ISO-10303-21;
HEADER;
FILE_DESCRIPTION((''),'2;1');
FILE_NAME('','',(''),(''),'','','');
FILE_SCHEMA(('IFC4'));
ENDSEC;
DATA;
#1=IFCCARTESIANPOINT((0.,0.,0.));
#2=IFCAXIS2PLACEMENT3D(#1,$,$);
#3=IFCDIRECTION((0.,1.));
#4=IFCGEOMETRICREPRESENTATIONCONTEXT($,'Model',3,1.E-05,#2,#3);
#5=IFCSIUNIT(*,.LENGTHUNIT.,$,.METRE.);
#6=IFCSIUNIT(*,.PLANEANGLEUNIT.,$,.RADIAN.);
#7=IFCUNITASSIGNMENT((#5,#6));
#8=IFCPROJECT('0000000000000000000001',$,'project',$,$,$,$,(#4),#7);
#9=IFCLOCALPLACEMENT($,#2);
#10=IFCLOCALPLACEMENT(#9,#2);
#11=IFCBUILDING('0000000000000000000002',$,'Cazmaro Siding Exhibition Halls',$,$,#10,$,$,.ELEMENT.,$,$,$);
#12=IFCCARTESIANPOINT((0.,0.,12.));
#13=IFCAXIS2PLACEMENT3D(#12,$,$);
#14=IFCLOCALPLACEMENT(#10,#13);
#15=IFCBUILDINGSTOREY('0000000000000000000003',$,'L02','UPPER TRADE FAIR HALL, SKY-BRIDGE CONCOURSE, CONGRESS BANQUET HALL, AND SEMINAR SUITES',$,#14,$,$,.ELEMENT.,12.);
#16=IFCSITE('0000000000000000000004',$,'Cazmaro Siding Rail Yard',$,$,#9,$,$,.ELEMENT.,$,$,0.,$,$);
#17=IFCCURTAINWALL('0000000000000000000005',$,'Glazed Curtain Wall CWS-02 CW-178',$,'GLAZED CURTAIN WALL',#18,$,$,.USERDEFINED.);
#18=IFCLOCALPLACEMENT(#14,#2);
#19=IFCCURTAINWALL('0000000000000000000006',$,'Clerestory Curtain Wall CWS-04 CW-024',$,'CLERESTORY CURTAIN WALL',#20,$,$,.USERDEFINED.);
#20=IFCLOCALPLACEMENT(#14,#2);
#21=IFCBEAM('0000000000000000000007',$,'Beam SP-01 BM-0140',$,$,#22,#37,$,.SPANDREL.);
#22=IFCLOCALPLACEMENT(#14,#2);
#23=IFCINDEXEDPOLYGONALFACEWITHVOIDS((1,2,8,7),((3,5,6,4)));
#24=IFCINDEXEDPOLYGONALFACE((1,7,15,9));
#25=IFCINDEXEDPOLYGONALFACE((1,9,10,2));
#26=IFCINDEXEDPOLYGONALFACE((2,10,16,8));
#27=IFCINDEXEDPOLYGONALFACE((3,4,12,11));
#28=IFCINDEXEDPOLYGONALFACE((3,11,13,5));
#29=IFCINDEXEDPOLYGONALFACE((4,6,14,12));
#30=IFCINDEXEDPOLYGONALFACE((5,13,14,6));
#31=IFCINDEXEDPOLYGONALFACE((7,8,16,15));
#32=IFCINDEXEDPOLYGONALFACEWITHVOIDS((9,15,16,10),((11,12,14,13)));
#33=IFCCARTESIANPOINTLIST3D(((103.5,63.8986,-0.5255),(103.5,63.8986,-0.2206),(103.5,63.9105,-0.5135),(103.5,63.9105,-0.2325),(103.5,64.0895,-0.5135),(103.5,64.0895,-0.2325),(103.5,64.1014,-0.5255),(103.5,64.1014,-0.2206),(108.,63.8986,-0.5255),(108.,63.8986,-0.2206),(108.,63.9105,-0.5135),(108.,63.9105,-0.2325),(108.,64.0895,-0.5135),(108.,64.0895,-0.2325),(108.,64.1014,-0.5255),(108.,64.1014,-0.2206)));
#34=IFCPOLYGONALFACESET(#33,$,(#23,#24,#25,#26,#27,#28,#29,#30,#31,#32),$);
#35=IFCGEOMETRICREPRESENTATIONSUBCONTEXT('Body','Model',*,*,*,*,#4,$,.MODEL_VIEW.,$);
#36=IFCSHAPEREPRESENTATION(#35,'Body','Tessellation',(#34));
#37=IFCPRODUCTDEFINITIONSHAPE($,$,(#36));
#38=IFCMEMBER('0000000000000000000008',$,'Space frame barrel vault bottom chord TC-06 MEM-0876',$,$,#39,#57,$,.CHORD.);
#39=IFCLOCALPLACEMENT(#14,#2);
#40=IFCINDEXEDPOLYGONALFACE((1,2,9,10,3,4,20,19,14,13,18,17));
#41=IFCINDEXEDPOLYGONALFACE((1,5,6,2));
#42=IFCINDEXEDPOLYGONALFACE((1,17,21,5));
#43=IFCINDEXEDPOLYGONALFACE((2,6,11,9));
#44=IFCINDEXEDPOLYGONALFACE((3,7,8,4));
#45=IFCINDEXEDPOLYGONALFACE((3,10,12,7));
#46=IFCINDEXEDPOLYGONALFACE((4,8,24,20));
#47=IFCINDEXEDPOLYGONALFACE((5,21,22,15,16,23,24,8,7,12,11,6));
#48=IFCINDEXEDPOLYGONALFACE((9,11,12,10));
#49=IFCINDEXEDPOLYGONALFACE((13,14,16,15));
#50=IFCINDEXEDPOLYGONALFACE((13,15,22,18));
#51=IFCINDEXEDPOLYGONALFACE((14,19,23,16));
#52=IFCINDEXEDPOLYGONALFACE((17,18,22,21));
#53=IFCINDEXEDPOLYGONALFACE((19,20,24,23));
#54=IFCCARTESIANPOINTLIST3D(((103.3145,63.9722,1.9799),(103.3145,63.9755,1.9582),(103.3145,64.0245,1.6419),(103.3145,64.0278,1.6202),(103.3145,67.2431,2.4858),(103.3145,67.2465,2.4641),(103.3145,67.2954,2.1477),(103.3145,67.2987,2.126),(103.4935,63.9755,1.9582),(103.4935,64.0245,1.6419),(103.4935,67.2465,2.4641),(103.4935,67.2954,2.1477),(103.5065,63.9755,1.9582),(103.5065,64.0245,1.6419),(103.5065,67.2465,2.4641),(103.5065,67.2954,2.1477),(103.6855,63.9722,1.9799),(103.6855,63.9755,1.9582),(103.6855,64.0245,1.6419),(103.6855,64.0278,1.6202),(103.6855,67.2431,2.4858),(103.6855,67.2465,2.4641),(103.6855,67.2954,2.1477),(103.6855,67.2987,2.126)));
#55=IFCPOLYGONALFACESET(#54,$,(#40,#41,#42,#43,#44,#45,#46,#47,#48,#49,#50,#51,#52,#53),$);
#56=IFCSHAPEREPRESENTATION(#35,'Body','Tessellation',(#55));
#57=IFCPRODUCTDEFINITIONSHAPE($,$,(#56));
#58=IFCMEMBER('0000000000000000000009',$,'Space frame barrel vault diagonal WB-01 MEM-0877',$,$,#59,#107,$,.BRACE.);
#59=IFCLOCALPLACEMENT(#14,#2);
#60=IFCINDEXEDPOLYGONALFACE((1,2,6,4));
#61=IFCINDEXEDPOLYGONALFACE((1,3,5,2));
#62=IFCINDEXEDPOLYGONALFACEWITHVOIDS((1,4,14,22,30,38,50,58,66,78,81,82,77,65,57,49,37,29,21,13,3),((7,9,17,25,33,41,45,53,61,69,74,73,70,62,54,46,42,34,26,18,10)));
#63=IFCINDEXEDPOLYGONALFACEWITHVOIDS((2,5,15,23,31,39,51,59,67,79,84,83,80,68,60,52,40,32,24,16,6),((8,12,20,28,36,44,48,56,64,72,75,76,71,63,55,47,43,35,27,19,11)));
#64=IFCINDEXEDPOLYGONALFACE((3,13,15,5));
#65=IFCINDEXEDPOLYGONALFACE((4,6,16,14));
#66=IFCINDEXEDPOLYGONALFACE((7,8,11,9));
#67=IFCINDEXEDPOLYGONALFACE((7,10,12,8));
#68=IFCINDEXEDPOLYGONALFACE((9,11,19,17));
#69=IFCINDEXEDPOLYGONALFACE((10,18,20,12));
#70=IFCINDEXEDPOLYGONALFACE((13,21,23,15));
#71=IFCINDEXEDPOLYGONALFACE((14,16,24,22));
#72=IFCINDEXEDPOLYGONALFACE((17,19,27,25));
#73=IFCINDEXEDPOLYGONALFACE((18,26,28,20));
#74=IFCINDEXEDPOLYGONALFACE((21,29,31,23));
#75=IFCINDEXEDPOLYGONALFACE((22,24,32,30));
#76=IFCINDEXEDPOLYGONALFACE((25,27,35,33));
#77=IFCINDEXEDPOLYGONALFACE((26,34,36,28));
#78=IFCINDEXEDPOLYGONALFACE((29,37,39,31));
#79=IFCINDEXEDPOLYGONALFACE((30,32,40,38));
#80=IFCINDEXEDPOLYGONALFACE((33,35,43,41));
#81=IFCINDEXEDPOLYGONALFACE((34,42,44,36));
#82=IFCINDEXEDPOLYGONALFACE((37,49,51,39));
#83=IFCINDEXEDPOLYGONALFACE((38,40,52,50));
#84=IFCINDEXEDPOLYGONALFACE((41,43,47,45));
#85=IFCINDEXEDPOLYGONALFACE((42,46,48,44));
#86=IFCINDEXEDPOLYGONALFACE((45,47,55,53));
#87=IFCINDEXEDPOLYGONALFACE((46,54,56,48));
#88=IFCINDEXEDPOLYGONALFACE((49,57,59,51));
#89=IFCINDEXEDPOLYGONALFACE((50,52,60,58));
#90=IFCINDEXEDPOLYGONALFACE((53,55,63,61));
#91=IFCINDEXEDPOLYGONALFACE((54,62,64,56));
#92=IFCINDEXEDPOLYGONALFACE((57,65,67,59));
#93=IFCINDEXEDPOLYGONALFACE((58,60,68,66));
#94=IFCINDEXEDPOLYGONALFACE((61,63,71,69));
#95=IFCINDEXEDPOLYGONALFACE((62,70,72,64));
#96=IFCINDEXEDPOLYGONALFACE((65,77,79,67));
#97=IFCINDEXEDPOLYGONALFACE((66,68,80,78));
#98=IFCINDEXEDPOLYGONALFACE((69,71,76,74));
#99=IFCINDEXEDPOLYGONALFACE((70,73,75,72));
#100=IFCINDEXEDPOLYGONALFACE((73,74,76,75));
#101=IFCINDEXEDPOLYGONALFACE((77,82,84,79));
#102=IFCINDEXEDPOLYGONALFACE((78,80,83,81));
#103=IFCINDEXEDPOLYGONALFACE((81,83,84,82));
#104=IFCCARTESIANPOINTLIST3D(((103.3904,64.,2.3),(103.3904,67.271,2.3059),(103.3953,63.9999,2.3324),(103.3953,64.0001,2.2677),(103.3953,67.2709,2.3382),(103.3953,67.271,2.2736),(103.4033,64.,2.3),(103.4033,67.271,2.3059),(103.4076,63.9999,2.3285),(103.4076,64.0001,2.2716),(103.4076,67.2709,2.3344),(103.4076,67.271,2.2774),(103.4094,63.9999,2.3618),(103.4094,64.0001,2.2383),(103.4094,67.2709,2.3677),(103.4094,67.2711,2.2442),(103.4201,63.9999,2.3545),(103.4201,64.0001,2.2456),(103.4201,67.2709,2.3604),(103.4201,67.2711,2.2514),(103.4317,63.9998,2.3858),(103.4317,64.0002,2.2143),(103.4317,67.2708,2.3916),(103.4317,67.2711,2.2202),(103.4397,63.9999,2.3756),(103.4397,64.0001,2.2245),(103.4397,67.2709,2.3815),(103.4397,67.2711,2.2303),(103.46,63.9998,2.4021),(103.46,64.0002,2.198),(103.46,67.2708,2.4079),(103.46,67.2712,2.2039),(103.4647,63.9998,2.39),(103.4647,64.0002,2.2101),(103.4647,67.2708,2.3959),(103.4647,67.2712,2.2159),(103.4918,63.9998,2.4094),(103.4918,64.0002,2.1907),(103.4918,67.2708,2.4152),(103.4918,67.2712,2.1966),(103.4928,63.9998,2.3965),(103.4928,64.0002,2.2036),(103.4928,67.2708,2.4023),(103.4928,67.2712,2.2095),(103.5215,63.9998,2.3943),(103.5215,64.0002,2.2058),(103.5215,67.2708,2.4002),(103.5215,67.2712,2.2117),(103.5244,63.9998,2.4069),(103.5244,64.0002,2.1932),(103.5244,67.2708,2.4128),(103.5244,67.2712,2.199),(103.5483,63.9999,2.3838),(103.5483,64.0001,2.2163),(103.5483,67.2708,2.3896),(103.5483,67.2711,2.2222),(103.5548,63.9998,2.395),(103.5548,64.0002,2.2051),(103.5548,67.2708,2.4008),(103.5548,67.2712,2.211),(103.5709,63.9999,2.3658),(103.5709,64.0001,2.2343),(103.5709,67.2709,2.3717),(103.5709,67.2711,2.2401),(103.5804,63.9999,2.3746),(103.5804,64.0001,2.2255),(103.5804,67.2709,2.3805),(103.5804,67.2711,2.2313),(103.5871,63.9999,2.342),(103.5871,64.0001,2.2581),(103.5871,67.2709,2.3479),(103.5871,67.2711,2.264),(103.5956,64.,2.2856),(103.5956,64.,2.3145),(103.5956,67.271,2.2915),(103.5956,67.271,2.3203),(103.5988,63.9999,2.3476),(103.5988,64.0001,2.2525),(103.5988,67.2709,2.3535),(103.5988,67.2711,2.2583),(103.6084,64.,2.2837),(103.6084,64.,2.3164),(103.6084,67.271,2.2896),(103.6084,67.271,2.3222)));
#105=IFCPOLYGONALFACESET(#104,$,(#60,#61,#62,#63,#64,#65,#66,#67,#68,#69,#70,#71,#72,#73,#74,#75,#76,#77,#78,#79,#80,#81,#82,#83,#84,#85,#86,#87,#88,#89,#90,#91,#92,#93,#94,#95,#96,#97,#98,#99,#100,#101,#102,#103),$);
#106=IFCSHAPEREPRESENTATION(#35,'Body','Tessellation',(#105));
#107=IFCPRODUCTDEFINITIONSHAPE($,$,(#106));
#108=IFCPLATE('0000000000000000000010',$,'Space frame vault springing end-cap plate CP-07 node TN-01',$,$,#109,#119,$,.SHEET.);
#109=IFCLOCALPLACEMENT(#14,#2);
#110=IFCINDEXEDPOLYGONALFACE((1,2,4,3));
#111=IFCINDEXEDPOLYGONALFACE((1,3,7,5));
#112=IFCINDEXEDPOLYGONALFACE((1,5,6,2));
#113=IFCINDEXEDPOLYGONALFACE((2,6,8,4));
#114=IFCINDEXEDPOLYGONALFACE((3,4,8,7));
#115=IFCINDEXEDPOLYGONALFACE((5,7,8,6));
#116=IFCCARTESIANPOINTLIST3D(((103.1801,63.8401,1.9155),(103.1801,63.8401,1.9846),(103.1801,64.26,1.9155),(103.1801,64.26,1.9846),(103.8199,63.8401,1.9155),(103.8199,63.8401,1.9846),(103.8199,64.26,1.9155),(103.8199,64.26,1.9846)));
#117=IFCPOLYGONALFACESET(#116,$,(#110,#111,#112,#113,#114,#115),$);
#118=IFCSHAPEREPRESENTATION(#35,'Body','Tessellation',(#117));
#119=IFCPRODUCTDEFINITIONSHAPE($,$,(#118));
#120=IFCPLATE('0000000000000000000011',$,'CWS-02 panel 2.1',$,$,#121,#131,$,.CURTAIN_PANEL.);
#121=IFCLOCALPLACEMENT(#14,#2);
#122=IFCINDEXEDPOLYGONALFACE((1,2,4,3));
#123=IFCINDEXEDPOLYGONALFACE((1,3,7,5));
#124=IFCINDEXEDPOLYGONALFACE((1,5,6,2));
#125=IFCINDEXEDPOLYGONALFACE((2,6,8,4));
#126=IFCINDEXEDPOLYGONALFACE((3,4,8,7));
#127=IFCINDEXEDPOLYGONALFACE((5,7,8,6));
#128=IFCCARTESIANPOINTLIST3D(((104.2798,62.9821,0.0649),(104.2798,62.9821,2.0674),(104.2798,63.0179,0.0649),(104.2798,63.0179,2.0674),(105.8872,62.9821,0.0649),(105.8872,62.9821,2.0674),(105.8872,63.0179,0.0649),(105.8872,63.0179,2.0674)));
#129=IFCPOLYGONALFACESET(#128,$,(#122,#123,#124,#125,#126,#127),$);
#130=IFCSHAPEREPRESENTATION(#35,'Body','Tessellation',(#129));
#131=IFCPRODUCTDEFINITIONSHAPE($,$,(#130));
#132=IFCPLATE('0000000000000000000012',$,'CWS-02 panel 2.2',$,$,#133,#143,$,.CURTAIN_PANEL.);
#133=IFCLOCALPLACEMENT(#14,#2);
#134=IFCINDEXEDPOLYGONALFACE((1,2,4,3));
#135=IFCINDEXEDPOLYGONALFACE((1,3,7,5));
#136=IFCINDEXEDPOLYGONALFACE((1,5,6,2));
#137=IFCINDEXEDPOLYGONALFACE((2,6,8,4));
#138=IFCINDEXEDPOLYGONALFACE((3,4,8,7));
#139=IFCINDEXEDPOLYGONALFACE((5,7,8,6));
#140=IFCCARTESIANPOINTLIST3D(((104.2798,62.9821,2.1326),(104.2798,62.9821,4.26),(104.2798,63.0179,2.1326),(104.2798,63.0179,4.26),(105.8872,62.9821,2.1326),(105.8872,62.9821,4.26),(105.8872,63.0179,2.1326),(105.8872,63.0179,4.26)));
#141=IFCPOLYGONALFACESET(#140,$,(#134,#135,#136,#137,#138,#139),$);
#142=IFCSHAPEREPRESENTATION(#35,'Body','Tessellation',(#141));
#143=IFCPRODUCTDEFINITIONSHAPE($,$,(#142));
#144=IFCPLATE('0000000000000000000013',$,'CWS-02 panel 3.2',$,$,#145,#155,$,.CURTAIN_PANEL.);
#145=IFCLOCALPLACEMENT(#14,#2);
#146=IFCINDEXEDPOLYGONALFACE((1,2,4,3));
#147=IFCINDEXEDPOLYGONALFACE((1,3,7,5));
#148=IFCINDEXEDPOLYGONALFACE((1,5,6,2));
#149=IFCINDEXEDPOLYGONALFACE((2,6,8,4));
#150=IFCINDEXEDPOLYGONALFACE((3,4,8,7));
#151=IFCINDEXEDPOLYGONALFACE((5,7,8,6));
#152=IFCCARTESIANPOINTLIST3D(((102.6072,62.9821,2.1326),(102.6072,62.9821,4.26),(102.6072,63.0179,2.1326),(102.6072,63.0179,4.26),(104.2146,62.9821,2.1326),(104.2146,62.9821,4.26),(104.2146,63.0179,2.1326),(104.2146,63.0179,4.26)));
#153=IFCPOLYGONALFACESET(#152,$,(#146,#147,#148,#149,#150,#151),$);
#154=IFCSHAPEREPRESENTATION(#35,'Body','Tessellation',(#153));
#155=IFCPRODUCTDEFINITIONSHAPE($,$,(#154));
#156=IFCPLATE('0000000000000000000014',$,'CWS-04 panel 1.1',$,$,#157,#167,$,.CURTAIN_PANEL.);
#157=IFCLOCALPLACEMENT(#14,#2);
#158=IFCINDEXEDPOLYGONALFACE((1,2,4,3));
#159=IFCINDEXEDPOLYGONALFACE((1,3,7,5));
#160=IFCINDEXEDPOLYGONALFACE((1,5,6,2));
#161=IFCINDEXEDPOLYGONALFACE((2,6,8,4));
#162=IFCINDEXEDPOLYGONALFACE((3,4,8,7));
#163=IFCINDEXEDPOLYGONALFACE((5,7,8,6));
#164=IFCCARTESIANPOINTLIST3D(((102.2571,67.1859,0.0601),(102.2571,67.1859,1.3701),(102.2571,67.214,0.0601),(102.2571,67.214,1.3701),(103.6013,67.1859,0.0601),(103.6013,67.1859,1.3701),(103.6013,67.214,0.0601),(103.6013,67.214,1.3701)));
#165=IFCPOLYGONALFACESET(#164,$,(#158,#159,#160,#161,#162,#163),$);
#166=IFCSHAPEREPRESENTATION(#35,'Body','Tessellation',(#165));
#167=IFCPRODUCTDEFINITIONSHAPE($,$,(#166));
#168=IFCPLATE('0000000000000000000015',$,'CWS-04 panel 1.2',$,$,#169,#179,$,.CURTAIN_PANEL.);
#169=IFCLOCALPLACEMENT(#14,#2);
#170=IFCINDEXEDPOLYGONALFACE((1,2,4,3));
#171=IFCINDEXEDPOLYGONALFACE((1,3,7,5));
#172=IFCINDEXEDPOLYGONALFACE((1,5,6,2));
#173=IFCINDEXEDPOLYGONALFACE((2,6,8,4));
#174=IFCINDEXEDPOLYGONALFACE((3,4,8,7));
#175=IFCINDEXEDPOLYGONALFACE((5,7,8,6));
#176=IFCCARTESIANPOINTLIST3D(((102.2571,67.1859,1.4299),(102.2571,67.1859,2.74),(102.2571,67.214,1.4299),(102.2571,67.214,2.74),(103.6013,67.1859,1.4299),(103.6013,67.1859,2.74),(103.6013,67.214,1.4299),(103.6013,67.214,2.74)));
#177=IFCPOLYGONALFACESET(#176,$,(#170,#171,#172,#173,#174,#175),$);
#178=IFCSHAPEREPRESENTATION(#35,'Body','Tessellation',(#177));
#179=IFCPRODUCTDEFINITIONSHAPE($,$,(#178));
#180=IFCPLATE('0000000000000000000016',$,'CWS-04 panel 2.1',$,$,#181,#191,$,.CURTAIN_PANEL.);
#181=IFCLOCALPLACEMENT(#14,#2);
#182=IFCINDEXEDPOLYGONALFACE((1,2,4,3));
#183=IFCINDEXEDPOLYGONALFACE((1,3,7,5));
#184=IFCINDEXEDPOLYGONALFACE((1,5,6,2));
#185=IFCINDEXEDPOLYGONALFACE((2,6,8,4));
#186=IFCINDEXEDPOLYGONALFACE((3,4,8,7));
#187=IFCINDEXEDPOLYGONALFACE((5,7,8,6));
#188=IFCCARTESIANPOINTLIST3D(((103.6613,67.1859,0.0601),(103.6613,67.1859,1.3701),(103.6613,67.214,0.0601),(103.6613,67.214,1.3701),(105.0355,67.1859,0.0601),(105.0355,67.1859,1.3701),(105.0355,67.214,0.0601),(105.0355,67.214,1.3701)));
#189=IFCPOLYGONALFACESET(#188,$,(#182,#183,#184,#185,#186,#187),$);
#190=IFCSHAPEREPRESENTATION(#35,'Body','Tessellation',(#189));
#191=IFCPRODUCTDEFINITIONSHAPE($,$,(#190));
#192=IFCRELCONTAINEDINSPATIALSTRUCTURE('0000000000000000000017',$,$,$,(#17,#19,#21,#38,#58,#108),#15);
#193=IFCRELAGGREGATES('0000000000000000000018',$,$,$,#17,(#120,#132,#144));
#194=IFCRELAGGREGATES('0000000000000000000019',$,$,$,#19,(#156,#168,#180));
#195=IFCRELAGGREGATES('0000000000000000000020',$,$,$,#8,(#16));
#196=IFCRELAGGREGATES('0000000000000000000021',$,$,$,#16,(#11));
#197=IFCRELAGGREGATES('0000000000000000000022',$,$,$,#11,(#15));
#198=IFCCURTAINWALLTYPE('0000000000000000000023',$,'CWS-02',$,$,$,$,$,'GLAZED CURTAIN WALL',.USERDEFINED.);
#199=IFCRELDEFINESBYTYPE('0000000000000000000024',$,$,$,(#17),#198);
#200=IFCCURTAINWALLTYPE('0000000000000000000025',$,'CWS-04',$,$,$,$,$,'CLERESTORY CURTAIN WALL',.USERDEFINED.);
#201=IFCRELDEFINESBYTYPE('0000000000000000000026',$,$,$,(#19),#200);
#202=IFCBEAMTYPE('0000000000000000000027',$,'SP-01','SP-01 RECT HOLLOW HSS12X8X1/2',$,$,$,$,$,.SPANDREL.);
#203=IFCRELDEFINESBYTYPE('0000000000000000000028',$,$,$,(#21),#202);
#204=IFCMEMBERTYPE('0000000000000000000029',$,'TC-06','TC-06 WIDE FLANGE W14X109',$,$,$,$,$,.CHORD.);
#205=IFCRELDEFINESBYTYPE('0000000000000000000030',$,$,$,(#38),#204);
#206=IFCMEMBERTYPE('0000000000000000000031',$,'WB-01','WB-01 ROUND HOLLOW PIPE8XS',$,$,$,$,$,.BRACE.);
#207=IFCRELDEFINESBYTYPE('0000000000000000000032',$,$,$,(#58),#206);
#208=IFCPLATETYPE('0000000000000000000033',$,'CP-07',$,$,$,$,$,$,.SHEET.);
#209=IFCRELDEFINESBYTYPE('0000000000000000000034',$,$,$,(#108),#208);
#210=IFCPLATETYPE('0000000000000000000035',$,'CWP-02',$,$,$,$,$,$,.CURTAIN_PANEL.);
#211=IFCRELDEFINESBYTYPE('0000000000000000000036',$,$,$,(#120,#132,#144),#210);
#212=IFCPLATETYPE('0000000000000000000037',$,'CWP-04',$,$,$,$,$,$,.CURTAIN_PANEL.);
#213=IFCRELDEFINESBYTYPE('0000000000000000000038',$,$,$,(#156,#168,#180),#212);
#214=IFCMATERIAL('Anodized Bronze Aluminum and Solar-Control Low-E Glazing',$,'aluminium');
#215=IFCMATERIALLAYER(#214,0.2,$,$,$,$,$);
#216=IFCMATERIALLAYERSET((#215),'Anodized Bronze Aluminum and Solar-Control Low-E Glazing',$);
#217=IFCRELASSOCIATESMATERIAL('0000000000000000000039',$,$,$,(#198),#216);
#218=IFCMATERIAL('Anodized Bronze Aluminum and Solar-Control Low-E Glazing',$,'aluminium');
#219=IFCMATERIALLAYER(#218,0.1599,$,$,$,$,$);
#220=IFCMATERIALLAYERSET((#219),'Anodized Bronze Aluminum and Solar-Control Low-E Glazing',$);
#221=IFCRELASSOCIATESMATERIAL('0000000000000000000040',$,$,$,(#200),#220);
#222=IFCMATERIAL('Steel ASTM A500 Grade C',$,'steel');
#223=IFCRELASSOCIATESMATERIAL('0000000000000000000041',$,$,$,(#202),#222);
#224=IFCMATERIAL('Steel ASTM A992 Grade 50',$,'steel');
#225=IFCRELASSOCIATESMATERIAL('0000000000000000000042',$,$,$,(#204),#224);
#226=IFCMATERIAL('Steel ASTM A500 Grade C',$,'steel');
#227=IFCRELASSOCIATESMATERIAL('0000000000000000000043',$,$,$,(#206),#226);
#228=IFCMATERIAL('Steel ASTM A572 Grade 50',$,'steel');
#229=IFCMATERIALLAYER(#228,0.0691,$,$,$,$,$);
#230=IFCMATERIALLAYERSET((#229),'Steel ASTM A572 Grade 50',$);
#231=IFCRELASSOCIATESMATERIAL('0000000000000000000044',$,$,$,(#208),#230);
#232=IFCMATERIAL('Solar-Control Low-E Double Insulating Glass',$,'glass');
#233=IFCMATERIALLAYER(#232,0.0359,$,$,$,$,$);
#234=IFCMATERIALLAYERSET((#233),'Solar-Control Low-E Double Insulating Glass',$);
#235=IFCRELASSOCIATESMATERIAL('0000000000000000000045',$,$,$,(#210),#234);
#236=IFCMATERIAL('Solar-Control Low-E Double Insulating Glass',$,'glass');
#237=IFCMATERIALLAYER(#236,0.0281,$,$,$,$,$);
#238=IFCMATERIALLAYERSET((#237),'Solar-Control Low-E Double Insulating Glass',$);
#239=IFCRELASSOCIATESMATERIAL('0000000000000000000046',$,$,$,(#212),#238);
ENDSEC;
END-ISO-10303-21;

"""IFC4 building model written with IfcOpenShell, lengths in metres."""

from ifc_helpers import new_model, si_unit, direction, frame, origin, origin_2d, place, context, subcontext, project, spatial, rectangle, hollow_rectangle, hollow_circle, i_section, extrude, material, layer, layer_set, material_profile, profile_set, type_object, element, aggregate, save


model = new_model("IFC4")

# Units and contexts
model_context = context("Model", 3, precision=1e-05, world=origin(), true_north=direction((0.0, 1.0)))
body_context = subcontext(model_context, "Body", "Model", "MODEL_VIEW")
ifc_project = project(units=[si_unit("LENGTHUNIT", "METRE"), si_unit("PLANEANGLEUNIT", "RADIAN")], contexts=[model_context])

# Site, building, storey
site_placement = place(None, origin())
site = spatial("IfcSite", under=ifc_project, at=site_placement, Name="Cazmaro Siding Rail Yard", CompositionType="ELEMENT", RefElevation=0.0)
building_placement = place(site_placement, origin())
building = spatial("IfcBuilding", under=site, at=building_placement, Name="Cazmaro Siding Exhibition Halls", CompositionType="ELEMENT")
storey_placement = place(building_placement, frame((0.0, 0.0, 12.0)))
storey = spatial("IfcBuildingStorey", under=building, at=storey_placement, Name="L02", Description="UPPER TRADE FAIR HALL, SKY-BRIDGE CONCOURSE, CONGRESS BANQUET HALL, AND SEMINAR SUITES", CompositionType="ELEMENT", Elevation=12.0)

# Curtain walls
ifc_material_1 = material(Name="Anodized Bronze Aluminum and Solar-Control Low-E Glazing", Category="aluminium")
ifc_layer_1 = layer(ifc_material_1, 0.2)
ifc_layer_set_1 = layer_set([ifc_layer_1], Name="Anodized Bronze Aluminum and Solar-Control Low-E Glazing")
curtain_wall_type_1 = type_object("IfcCurtainWallType", Name="CWS-02", ElementType="GLAZED CURTAIN WALL", PredefinedType="USERDEFINED", material=ifc_layer_set_1)
curtain_wall_1_placement = place(storey_placement, origin())
curtain_wall_1 = element("IfcCurtainWall", 1, at=curtain_wall_1_placement, inside=storey, type_object=curtain_wall_type_1, Name="Glazed Curtain Wall CWS-02 CW-178", ObjectType="GLAZED CURTAIN WALL", PredefinedType="USERDEFINED")
ifc_material_2 = material(Name="Anodized Bronze Aluminum and Solar-Control Low-E Glazing", Category="aluminium")
ifc_layer_2 = layer(ifc_material_2, 0.1599)
ifc_layer_set_2 = layer_set([ifc_layer_2], Name="Anodized Bronze Aluminum and Solar-Control Low-E Glazing")
curtain_wall_type_2 = type_object("IfcCurtainWallType", Name="CWS-04", ElementType="CLERESTORY CURTAIN WALL", PredefinedType="USERDEFINED", material=ifc_layer_set_2)
curtain_wall_2_placement = place(storey_placement, origin())
curtain_wall_2 = element("IfcCurtainWall", 2, at=curtain_wall_2_placement, inside=storey, type_object=curtain_wall_type_2, Name="Clerestory Curtain Wall CWS-04 CW-024", ObjectType="CLERESTORY CURTAIN WALL", PredefinedType="USERDEFINED")

# Beam
ifc_material_3 = material(Name="Steel ASTM A500 Grade C", Category="steel")
ifc_material_profile_1 = material_profile(ifc_material_3, hollow_rectangle(XDim=0.2029, YDim=0.3049, WallThickness=0.012, at=origin_2d()), Name="HSS12X8X1/2")
ifc_profile_set_1 = profile_set([ifc_material_profile_1], Name="Steel ASTM A500 Grade C")
beam_type_1 = type_object("IfcBeamType", Name="SP-01", Description="SP-01 RECT HOLLOW HSS12X8X1/2", PredefinedType="SPANDREL", material=ifc_profile_set_1)
beam_1_placement = place(storey_placement, frame((103.5, 64.0, -0.373), z_axis=(1.0, 0.0, 0.0), x_axis=(0.0, 1.0, 0.0)))
element("IfcBeam", 3, at=beam_1_placement, inside=storey, type_object=beam_type_1, Name="Beam SP-01 BM-0140", PredefinedType="SPANDREL", context=body_context, shape_type="SweptSolid", body=[
    extrude(hollow_rectangle(XDim=0.2029, YDim=0.3049, WallThickness=0.012, at=origin_2d()), origin(), (0.0, 0.0, 1.0), 4.5),
])

# Members
ifc_material_4 = material(Name="Steel ASTM A992 Grade 50", Category="steel")
ifc_material_profile_2 = material_profile(ifc_material_4, i_section(OverallWidth=0.3711, OverallDepth=0.364, WebThickness=0.0129, FlangeThickness=0.022, at=origin_2d()), Name="W14X109")
ifc_profile_set_2 = profile_set([ifc_material_profile_2], Name="Steel ASTM A992 Grade 50")
member_type_1 = type_object("IfcMemberType", Name="TC-06", Description="TC-06 WIDE FLANGE W14X109", PredefinedType="CHORD", material=ifc_profile_set_2)
member_1_placement = place(storey_placement, frame((103.5, 64.0, 1.8), z_axis=(0.0, 0.988252, 0.152833), x_axis=(-1.0, 0.0, 0.0)))
element("IfcMember", 4, at=member_1_placement, inside=storey, type_object=member_type_1, Name="Space frame barrel vault bottom chord TC-06 MEM-0876", PredefinedType="CHORD", context=body_context, shape_type="SweptSolid", body=[
    extrude(i_section(OverallWidth=0.3711, OverallDepth=0.364, WebThickness=0.0129, FlangeThickness=0.022, at=origin_2d()), origin(), (0.0, 0.0, 1.0), 3.3098),
])
ifc_material_5 = material(Name="Steel ASTM A500 Grade C", Category="steel")
ifc_material_profile_3 = material_profile(ifc_material_5, hollow_circle(Radius=0.1096, WallThickness=0.0129, at=origin_2d()), Name="PIPE8XS")
ifc_profile_set_3 = profile_set([ifc_material_profile_3], Name="Steel ASTM A500 Grade C")
member_type_2 = type_object("IfcMemberType", Name="WB-01", Description="WB-01 ROUND HOLLOW PIPE8XS", PredefinedType="BRACE", material=ifc_profile_set_3)
member_2_placement = place(storey_placement, frame((103.5, 64.0, 2.3), z_axis=(0.0, 0.999998, 0.001791), x_axis=(-1.0, 0.0, 0.0)))
element("IfcMember", 5, at=member_2_placement, inside=storey, type_object=member_type_2, Name="Space frame barrel vault diagonal WB-01 MEM-0877", PredefinedType="BRACE", context=body_context, shape_type="SweptSolid", body=[
    extrude(hollow_circle(Radius=0.1096, WallThickness=0.0129, at=origin_2d()), origin(), (0.0, 0.0, 1.0), 3.271),
])

# Plates
ifc_material_6 = material(Name="Steel ASTM A572 Grade 50", Category="steel")
ifc_layer_3 = layer(ifc_material_6, 0.0691)
ifc_layer_set_3 = layer_set([ifc_layer_3], Name="Steel ASTM A572 Grade 50")
plate_type_1 = type_object("IfcPlateType", Name="CP-07", PredefinedType="SHEET", material=ifc_layer_set_3)
plate_1_placement = place(storey_placement, frame((103.5, 64.05, 1.9155), z_axis=(0.0, 0.0, 1.0), x_axis=(1.0, 0.0, 0.0)))
element("IfcPlate", 6, at=plate_1_placement, inside=storey, type_object=plate_type_1, Name="Space frame vault springing end-cap plate CP-07 node TN-01", PredefinedType="SHEET", context=body_context, shape_type="SweptSolid", body=[
    extrude(rectangle(XDim=0.6399, YDim=0.4199, at=origin_2d()), origin(), (0.0, 0.0, 1.0), 0.0691),
])
ifc_material_7 = material(Name="Solar-Control Low-E Double Insulating Glass", Category="glass")
ifc_layer_4 = layer(ifc_material_7, 0.0359)
ifc_layer_set_4 = layer_set([ifc_layer_4], Name="Solar-Control Low-E Double Insulating Glass")
plate_type_2 = type_object("IfcPlateType", Name="CWP-02", PredefinedType="CURTAIN_PANEL", material=ifc_layer_set_4)
plate_2_placement = place(storey_placement, frame((105.0835, 63.0, 0.0649), z_axis=(0.0, 0.0, 1.0), x_axis=(-1.0, 0.0, 0.0)))
plate_2 = element("IfcPlate", 7, at=plate_2_placement, type_object=plate_type_2, Name="CWS-02 panel 2.1", PredefinedType="CURTAIN_PANEL", context=body_context, shape_type="SweptSolid", body=[
    extrude(rectangle(XDim=1.6074, YDim=0.0359, at=origin_2d()), origin(), (0.0, 0.0, 1.0), 2.0024),
])
plate_3_placement = place(storey_placement, frame((105.0835, 63.0, 2.1326), z_axis=(0.0, 0.0, 1.0), x_axis=(-1.0, 0.0, 0.0)))
plate_3 = element("IfcPlate", 8, at=plate_3_placement, type_object=plate_type_2, Name="CWS-02 panel 2.2", PredefinedType="CURTAIN_PANEL", context=body_context, shape_type="SweptSolid", body=[
    extrude(rectangle(XDim=1.6074, YDim=0.0359, at=origin_2d()), origin(), (0.0, 0.0, 1.0), 2.1274),
])
plate_4_placement = place(storey_placement, frame((103.4109, 63.0, 2.1326), z_axis=(0.0, 0.0, 1.0), x_axis=(-1.0, 0.0, 0.0)))
plate_4 = element("IfcPlate", 9, at=plate_4_placement, type_object=plate_type_2, Name="CWS-02 panel 3.2", PredefinedType="CURTAIN_PANEL", context=body_context, shape_type="SweptSolid", body=[
    extrude(rectangle(XDim=1.6074, YDim=0.0359, at=origin_2d()), origin(), (0.0, 0.0, 1.0), 2.1274),
])
aggregate(curtain_wall_1, [plate_2, plate_3, plate_4])
ifc_material_8 = material(Name="Solar-Control Low-E Double Insulating Glass", Category="glass")
ifc_layer_5 = layer(ifc_material_8, 0.0281)
ifc_layer_set_5 = layer_set([ifc_layer_5], Name="Solar-Control Low-E Double Insulating Glass")
plate_type_3 = type_object("IfcPlateType", Name="CWP-04", PredefinedType="CURTAIN_PANEL", material=ifc_layer_set_5)
plate_5_placement = place(storey_placement, frame((102.9292, 67.2, 0.0601), z_axis=(0.0, 0.0, 1.0), x_axis=(1.0, 0.0, 0.0)))
plate_5 = element("IfcPlate", 10, at=plate_5_placement, type_object=plate_type_3, Name="CWS-04 panel 1.1", PredefinedType="CURTAIN_PANEL", context=body_context, shape_type="SweptSolid", body=[
    extrude(rectangle(XDim=1.3442, YDim=0.0281, at=origin_2d()), origin(), (0.0, 0.0, 1.0), 1.3101),
])
plate_6_placement = place(storey_placement, frame((102.9292, 67.2, 1.4299), z_axis=(0.0, 0.0, 1.0), x_axis=(1.0, 0.0, 0.0)))
plate_6 = element("IfcPlate", 11, at=plate_6_placement, type_object=plate_type_3, Name="CWS-04 panel 1.2", PredefinedType="CURTAIN_PANEL", context=body_context, shape_type="SweptSolid", body=[
    extrude(rectangle(XDim=1.3442, YDim=0.0281, at=origin_2d()), origin(), (0.0, 0.0, 1.0), 1.3101),
])
plate_7_placement = place(storey_placement, frame((104.3484, 67.2, 0.0601), z_axis=(0.0, 0.0, 1.0), x_axis=(1.0, 0.0, 0.0)))
plate_7 = element("IfcPlate", 12, at=plate_7_placement, type_object=plate_type_3, Name="CWS-04 panel 2.1", PredefinedType="CURTAIN_PANEL", context=body_context, shape_type="SweptSolid", body=[
    extrude(rectangle(XDim=1.3743, YDim=0.0281, at=origin_2d()), origin(), (0.0, 0.0, 1.0), 1.3101),
])
aggregate(curtain_wall_2, [plate_5, plate_6, plate_7])

save(model, "model.ifc")
